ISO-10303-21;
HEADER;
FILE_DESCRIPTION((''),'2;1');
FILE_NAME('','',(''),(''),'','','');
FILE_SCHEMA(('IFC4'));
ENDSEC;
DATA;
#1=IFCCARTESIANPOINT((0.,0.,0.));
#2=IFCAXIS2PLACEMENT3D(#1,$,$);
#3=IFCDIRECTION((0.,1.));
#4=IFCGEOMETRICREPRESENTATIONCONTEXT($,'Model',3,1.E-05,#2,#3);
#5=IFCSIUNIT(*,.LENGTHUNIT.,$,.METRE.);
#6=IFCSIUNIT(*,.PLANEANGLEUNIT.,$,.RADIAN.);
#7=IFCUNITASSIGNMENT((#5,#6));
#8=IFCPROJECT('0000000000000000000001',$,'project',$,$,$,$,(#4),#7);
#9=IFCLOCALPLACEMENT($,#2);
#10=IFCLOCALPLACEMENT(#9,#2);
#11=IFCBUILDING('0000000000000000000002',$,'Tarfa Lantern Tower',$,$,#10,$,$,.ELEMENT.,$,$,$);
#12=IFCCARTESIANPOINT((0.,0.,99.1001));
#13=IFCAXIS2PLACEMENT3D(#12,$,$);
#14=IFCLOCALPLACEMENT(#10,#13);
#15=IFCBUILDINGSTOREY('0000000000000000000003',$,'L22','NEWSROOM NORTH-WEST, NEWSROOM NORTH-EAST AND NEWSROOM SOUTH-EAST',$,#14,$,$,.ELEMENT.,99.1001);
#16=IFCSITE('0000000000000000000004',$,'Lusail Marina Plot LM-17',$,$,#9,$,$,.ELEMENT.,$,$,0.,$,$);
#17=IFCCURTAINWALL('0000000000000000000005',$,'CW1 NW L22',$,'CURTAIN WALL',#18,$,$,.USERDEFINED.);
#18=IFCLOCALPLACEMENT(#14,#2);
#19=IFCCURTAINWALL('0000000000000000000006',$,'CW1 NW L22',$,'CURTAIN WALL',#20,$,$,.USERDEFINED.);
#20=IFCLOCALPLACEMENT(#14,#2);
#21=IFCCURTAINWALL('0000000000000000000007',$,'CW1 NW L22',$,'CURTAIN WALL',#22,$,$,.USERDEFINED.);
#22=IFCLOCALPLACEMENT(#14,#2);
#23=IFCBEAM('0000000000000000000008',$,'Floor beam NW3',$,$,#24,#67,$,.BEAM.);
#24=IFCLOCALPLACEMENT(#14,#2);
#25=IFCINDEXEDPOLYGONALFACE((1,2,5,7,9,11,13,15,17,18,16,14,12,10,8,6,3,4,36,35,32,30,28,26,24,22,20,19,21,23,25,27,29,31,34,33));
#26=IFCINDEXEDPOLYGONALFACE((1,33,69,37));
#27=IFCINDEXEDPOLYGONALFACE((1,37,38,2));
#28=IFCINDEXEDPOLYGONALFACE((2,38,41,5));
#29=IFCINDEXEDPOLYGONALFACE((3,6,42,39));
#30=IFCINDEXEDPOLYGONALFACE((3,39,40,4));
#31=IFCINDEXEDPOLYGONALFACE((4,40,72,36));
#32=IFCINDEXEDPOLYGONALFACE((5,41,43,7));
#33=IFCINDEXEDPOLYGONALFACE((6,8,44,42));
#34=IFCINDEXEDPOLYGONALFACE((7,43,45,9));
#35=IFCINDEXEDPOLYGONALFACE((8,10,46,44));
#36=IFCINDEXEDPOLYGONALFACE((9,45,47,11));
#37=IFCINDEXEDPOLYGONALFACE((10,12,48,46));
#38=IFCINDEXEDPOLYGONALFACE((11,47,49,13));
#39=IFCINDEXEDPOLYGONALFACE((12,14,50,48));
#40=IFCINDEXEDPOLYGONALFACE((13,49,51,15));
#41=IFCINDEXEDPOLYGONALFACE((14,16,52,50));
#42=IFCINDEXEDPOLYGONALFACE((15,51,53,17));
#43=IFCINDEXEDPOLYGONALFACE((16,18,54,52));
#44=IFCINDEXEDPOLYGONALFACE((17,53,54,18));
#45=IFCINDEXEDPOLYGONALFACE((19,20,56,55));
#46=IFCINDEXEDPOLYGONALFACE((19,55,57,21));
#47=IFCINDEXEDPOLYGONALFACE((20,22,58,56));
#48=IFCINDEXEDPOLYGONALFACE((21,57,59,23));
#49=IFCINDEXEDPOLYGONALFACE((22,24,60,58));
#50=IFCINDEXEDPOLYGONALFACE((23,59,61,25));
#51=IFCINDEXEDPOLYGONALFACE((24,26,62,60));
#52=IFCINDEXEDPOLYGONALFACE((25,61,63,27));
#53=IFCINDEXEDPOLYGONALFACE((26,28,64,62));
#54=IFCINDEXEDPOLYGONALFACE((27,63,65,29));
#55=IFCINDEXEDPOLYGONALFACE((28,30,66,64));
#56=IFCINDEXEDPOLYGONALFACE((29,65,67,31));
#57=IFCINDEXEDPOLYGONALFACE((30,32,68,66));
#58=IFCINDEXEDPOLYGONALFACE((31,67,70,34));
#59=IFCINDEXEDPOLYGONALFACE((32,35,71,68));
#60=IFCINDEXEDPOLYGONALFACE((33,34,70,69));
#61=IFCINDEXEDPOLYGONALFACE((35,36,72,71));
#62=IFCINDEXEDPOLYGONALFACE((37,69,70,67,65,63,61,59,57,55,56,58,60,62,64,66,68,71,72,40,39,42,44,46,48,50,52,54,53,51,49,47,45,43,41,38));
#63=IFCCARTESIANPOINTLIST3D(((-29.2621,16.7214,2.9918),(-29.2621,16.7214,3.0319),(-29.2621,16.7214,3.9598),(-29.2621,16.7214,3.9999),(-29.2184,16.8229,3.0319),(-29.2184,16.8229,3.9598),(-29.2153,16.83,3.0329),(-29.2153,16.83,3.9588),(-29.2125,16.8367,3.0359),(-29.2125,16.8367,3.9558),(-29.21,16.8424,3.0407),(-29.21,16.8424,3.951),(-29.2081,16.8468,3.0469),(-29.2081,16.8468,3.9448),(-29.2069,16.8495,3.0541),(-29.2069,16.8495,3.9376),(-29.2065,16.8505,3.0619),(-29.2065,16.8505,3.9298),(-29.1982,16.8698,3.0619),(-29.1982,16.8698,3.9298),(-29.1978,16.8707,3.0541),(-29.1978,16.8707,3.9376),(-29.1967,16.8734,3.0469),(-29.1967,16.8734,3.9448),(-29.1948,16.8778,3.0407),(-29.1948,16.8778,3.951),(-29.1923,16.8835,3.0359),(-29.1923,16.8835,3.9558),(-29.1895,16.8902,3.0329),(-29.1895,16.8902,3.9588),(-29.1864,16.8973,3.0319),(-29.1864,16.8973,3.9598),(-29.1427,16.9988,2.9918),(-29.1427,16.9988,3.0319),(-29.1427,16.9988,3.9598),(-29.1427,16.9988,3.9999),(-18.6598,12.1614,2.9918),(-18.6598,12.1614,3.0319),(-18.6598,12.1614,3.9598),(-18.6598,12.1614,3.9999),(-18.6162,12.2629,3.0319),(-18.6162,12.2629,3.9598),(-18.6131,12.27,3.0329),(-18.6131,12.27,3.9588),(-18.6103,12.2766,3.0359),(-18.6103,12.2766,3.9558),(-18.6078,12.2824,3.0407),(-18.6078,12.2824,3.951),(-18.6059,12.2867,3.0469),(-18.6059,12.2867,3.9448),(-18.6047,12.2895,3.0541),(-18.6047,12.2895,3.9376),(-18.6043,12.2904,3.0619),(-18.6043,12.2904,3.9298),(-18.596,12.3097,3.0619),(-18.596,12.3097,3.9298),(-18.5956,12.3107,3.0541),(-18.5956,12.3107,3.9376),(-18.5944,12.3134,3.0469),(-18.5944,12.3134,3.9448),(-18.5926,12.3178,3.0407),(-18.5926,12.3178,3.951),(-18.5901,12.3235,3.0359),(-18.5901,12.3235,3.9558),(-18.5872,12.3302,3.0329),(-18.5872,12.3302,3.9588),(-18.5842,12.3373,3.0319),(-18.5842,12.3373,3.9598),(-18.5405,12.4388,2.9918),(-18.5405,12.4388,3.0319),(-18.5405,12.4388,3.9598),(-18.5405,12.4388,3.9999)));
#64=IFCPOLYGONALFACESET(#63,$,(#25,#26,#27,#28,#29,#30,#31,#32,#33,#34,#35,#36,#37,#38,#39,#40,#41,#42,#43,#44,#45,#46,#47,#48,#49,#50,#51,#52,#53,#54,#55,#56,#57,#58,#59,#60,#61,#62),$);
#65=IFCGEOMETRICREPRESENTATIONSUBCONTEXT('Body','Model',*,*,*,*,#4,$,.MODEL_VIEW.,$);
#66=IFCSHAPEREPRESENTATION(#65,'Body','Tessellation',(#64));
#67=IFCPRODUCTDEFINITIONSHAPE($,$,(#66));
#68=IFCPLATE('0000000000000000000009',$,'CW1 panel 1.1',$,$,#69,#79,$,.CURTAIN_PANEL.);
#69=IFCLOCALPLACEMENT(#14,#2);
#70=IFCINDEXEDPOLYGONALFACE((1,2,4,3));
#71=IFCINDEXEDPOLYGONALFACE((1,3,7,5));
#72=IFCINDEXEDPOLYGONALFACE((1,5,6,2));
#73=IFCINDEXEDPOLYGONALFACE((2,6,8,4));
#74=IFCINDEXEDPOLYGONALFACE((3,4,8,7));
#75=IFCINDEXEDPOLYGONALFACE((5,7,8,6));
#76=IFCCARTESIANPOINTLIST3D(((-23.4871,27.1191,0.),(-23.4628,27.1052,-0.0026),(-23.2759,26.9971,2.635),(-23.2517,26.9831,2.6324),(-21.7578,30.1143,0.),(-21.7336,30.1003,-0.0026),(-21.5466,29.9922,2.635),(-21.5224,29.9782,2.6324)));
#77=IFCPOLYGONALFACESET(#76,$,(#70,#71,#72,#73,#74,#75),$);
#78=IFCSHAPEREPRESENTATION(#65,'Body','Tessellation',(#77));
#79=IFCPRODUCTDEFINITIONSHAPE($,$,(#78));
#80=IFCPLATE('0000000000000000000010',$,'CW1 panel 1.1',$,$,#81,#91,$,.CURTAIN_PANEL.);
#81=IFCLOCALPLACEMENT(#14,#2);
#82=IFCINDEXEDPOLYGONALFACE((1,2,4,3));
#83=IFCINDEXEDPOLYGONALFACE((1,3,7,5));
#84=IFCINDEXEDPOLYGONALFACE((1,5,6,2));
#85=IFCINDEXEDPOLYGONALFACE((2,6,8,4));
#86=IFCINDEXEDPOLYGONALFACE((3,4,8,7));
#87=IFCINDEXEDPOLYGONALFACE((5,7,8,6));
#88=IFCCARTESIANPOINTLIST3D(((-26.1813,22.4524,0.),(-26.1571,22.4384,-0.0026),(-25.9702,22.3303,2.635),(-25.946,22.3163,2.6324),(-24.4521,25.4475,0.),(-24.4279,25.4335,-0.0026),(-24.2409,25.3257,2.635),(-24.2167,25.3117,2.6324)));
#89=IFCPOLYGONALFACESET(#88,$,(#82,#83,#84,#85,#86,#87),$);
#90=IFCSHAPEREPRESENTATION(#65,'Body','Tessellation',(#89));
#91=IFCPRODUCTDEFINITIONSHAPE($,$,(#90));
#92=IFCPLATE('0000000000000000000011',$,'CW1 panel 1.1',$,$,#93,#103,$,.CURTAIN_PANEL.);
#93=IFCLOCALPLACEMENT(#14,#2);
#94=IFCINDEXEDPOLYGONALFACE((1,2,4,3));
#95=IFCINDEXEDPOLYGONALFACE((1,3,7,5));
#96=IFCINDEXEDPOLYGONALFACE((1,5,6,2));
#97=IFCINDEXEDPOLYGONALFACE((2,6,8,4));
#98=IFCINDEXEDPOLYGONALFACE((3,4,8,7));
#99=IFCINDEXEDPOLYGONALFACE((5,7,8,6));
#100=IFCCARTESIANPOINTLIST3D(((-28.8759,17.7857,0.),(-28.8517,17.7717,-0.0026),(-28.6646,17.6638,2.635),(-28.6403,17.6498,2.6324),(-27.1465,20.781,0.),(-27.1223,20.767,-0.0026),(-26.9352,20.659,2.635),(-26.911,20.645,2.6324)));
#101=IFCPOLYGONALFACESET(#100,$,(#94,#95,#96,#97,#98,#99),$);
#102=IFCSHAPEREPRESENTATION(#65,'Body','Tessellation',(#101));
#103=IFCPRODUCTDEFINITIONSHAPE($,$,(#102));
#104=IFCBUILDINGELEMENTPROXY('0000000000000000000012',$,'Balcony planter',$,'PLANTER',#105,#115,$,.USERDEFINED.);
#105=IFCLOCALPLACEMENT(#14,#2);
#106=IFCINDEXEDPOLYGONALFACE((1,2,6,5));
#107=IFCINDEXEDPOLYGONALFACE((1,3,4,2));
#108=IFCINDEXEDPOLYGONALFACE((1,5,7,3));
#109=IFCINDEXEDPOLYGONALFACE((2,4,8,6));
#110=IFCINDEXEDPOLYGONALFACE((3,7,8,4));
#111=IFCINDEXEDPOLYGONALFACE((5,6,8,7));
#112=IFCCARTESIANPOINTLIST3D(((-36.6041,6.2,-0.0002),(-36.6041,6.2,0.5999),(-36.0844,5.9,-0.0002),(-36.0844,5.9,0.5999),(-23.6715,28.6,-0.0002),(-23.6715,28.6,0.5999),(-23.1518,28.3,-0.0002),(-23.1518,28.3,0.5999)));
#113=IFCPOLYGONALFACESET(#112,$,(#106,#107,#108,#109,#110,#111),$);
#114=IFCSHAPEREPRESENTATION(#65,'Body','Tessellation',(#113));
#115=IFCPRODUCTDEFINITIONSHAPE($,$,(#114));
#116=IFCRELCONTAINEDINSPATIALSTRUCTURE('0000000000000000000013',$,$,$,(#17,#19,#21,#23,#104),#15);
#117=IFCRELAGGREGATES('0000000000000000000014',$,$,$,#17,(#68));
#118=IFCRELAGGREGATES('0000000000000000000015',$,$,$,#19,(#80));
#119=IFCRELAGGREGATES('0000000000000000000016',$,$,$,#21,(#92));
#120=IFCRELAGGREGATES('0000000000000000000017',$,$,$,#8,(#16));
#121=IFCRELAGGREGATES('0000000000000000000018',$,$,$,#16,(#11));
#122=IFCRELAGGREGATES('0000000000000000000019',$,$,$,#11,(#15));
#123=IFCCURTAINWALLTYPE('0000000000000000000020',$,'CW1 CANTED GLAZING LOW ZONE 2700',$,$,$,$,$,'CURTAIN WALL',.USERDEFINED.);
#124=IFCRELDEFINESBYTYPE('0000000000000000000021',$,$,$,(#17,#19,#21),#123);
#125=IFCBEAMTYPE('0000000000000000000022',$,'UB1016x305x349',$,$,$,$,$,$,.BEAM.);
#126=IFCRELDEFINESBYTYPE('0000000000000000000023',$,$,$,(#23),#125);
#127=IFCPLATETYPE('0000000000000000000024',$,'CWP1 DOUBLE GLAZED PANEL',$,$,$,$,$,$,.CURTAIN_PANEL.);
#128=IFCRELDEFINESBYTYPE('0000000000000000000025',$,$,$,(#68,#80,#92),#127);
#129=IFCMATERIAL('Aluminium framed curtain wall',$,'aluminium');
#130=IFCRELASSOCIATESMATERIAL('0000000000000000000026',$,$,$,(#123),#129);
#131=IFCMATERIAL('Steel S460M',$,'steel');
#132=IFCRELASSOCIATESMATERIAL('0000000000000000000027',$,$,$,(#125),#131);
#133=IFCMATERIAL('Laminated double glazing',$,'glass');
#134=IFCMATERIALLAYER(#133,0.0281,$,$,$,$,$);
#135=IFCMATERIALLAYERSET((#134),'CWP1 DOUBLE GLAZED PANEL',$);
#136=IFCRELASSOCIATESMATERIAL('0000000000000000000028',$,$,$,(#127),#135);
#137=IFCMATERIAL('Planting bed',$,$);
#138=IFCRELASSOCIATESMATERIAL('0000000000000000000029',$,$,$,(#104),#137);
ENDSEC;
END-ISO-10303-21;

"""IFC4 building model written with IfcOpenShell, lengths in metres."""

from ifc_helpers import new_model, si_unit, direction, frame, origin, origin_2d, place, context, subcontext, project, spatial, polyline, rectangle, i_section, outline, extrude, material, layer, layer_set, material_profile, profile_set, type_object, element, aggregate, save


model = new_model("IFC4")

# Units and contexts
model_context = context("Model", 3, precision=1e-05, world=origin(), true_north=direction((0.0, 1.0)))
body_context = subcontext(model_context, "Body", "Model", "MODEL_VIEW")
ifc_project = project(units=[si_unit("LENGTHUNIT", "METRE"), si_unit("PLANEANGLEUNIT", "RADIAN")], contexts=[model_context])

# Site, building, storey
site_placement = place(None, origin())
site = spatial("IfcSite", under=ifc_project, at=site_placement, Name="Lusail Marina Plot LM-17", CompositionType="ELEMENT", RefElevation=0.0)
building_placement = place(site_placement, origin())
building = spatial("IfcBuilding", under=site, at=building_placement, Name="Tarfa Lantern Tower", CompositionType="ELEMENT")
storey_placement = place(building_placement, frame((0.0, 0.0, 99.1001)))
storey = spatial("IfcBuildingStorey", under=building, at=storey_placement, Name="L22", Description="NEWSROOM NORTH-WEST, NEWSROOM NORTH-EAST AND NEWSROOM SOUTH-EAST", CompositionType="ELEMENT", Elevation=99.1001)

# Curtain walls
ifc_material_1 = material(Name="Aluminium framed curtain wall", Category="aluminium")
curtain_wall_type = type_object("IfcCurtainWallType", Name="CW1 CANTED GLAZING LOW ZONE 2700", ElementType="CURTAIN WALL", PredefinedType="USERDEFINED", material=ifc_material_1)
curtain_wall_1_placement = place(storey_placement, origin())
curtain_wall_1 = element("IfcCurtainWall", 1, at=curtain_wall_1_placement, inside=storey, type_object=curtain_wall_type, Name="CW1 NW L22", ObjectType="CURTAIN WALL", PredefinedType="USERDEFINED")
curtain_wall_2_placement = place(storey_placement, origin())
curtain_wall_2 = element("IfcCurtainWall", 2, at=curtain_wall_2_placement, inside=storey, type_object=curtain_wall_type, Name="CW1 NW L22", ObjectType="CURTAIN WALL", PredefinedType="USERDEFINED")
curtain_wall_3_placement = place(storey_placement, origin())
curtain_wall_3 = element("IfcCurtainWall", 3, at=curtain_wall_3_placement, inside=storey, type_object=curtain_wall_type, Name="CW1 NW L22", ObjectType="CURTAIN WALL", PredefinedType="USERDEFINED")

# Beam
ifc_material_2 = material(Name="Steel S460M", Category="steel")
ifc_material_profile_1 = material_profile(ifc_material_2, i_section(OverallWidth=0.302, OverallDepth=1.0081, WebThickness=0.021, FlangeThickness=0.04, FilletRadius=0.03, at=origin_2d()), Name="UB1016x305x349")
ifc_profile_set_1 = profile_set([ifc_material_profile_1], Name="Steel S460M")
beam_type_1 = type_object("IfcBeamType", Name="UB1016x305x349", PredefinedType="BEAM", material=ifc_profile_set_1)
beam_1_placement = place(storey_placement, frame((-29.2024, 16.8601, 3.4958), z_axis=(0.918635, -0.395106, 0.0), x_axis=(0.395106, 0.918635, 0.0)))
element("IfcBeam", 4, at=beam_1_placement, inside=storey, type_object=beam_type_1, Name="Floor beam NW3", PredefinedType="BEAM", context=body_context, shape_type="SweptSolid", body=[
    extrude(i_section(OverallWidth=0.302, OverallDepth=1.0081, WebThickness=0.021, FlangeThickness=0.04, FilletRadius=0.03, at=origin_2d()), origin(), (0.0, 0.0, 1.0), 11.5413),
])

# Plates
ifc_material_3 = material(Name="Laminated double glazing", Category="glass")
ifc_layer = layer(ifc_material_3, 0.0281)
ifc_layer_set = layer_set([ifc_layer], Name="CWP1 DOUBLE GLAZED PANEL")
plate_type = type_object("IfcPlateType", Name="CWP1 DOUBLE GLAZED PANEL", PredefinedType="CURTAIN_PANEL", material=ifc_layer_set)
plate_1_placement = place(storey_placement, frame((-21.7578, 30.1143, 0.0), z_axis=(-0.862336, 0.497875, 0.092176), x_axis=(-0.500004, -0.866023, 0.0)))
plate_1 = element("IfcPlate", 5, at=plate_1_placement, type_object=plate_type, Name="CW1 panel 1.1", PredefinedType="CURTAIN_PANEL", context=body_context, shape_type="SweptSolid", body=[
    extrude(outline(polyline([(0.0, 0.0), (3.4585, 0.0), (3.4586, 2.6463), (0.0001, 2.6463), (0.0, 0.0)])), origin(), (0.0, 0.0, -1.0), 0.0281),
])
aggregate(curtain_wall_1, [plate_1])
plate_2_placement = place(storey_placement, frame((-24.4521, 25.4475, 0.0), z_axis=(-0.862347, 0.497861, 0.092153), x_axis=(-0.499988, -0.866032, -0.000002)))
plate_2 = element("IfcPlate", 6, at=plate_2_placement, type_object=plate_type, Name="CW1 panel 1.1", PredefinedType="CURTAIN_PANEL", context=body_context, shape_type="SweptSolid", body=[
    extrude(outline(polyline([(0.0, 0.0), (3.4585, 0.0), (3.4586, 2.6463), (-0.0001, 2.6463), (0.0, 0.0)])), origin(), (0.0, 0.0, -1.0), 0.0281),
])
aggregate(curtain_wall_2, [plate_2])
plate_3_placement = place(storey_placement, frame((-27.1465, 20.781, 0.0), z_axis=(-0.862329, 0.497885, 0.092193), x_axis=(-0.500014, -0.866017, 0.000004)))
plate_3 = element("IfcPlate", 7, at=plate_3_placement, type_object=plate_type, Name="CW1 panel 1.1", PredefinedType="CURTAIN_PANEL", context=body_context, shape_type="SweptSolid", body=[
    extrude(outline(polyline([(0.0, 0.0), (3.4587, 0.0), (3.4586, 2.6463), (0.0, 2.6463), (0.0, 0.0)])), origin(), (0.0, 0.0, -1.0), 0.0281),
])
aggregate(curtain_wall_3, [plate_3])

# Building element proxy
ifc_material_4 = material(Name="Planting bed")
proxy_placement = place(storey_placement, frame((-29.8779, 17.25, -0.0002), z_axis=(0.0, 0.0, 1.0), x_axis=(-0.5, -0.866025, 0.0)))
element("IfcBuildingElementProxy", 8, at=proxy_placement, inside=storey, material=ifc_material_4, Name="Balcony planter", ObjectType="PLANTER", PredefinedType="USERDEFINED", context=body_context, shape_type="SweptSolid", body=[
    extrude(rectangle(XDim=25.8652, YDim=0.6001, at=origin_2d()), origin(), (0.0, 0.0, 1.0), 0.6001),
])

save(model, "model.ifc")
